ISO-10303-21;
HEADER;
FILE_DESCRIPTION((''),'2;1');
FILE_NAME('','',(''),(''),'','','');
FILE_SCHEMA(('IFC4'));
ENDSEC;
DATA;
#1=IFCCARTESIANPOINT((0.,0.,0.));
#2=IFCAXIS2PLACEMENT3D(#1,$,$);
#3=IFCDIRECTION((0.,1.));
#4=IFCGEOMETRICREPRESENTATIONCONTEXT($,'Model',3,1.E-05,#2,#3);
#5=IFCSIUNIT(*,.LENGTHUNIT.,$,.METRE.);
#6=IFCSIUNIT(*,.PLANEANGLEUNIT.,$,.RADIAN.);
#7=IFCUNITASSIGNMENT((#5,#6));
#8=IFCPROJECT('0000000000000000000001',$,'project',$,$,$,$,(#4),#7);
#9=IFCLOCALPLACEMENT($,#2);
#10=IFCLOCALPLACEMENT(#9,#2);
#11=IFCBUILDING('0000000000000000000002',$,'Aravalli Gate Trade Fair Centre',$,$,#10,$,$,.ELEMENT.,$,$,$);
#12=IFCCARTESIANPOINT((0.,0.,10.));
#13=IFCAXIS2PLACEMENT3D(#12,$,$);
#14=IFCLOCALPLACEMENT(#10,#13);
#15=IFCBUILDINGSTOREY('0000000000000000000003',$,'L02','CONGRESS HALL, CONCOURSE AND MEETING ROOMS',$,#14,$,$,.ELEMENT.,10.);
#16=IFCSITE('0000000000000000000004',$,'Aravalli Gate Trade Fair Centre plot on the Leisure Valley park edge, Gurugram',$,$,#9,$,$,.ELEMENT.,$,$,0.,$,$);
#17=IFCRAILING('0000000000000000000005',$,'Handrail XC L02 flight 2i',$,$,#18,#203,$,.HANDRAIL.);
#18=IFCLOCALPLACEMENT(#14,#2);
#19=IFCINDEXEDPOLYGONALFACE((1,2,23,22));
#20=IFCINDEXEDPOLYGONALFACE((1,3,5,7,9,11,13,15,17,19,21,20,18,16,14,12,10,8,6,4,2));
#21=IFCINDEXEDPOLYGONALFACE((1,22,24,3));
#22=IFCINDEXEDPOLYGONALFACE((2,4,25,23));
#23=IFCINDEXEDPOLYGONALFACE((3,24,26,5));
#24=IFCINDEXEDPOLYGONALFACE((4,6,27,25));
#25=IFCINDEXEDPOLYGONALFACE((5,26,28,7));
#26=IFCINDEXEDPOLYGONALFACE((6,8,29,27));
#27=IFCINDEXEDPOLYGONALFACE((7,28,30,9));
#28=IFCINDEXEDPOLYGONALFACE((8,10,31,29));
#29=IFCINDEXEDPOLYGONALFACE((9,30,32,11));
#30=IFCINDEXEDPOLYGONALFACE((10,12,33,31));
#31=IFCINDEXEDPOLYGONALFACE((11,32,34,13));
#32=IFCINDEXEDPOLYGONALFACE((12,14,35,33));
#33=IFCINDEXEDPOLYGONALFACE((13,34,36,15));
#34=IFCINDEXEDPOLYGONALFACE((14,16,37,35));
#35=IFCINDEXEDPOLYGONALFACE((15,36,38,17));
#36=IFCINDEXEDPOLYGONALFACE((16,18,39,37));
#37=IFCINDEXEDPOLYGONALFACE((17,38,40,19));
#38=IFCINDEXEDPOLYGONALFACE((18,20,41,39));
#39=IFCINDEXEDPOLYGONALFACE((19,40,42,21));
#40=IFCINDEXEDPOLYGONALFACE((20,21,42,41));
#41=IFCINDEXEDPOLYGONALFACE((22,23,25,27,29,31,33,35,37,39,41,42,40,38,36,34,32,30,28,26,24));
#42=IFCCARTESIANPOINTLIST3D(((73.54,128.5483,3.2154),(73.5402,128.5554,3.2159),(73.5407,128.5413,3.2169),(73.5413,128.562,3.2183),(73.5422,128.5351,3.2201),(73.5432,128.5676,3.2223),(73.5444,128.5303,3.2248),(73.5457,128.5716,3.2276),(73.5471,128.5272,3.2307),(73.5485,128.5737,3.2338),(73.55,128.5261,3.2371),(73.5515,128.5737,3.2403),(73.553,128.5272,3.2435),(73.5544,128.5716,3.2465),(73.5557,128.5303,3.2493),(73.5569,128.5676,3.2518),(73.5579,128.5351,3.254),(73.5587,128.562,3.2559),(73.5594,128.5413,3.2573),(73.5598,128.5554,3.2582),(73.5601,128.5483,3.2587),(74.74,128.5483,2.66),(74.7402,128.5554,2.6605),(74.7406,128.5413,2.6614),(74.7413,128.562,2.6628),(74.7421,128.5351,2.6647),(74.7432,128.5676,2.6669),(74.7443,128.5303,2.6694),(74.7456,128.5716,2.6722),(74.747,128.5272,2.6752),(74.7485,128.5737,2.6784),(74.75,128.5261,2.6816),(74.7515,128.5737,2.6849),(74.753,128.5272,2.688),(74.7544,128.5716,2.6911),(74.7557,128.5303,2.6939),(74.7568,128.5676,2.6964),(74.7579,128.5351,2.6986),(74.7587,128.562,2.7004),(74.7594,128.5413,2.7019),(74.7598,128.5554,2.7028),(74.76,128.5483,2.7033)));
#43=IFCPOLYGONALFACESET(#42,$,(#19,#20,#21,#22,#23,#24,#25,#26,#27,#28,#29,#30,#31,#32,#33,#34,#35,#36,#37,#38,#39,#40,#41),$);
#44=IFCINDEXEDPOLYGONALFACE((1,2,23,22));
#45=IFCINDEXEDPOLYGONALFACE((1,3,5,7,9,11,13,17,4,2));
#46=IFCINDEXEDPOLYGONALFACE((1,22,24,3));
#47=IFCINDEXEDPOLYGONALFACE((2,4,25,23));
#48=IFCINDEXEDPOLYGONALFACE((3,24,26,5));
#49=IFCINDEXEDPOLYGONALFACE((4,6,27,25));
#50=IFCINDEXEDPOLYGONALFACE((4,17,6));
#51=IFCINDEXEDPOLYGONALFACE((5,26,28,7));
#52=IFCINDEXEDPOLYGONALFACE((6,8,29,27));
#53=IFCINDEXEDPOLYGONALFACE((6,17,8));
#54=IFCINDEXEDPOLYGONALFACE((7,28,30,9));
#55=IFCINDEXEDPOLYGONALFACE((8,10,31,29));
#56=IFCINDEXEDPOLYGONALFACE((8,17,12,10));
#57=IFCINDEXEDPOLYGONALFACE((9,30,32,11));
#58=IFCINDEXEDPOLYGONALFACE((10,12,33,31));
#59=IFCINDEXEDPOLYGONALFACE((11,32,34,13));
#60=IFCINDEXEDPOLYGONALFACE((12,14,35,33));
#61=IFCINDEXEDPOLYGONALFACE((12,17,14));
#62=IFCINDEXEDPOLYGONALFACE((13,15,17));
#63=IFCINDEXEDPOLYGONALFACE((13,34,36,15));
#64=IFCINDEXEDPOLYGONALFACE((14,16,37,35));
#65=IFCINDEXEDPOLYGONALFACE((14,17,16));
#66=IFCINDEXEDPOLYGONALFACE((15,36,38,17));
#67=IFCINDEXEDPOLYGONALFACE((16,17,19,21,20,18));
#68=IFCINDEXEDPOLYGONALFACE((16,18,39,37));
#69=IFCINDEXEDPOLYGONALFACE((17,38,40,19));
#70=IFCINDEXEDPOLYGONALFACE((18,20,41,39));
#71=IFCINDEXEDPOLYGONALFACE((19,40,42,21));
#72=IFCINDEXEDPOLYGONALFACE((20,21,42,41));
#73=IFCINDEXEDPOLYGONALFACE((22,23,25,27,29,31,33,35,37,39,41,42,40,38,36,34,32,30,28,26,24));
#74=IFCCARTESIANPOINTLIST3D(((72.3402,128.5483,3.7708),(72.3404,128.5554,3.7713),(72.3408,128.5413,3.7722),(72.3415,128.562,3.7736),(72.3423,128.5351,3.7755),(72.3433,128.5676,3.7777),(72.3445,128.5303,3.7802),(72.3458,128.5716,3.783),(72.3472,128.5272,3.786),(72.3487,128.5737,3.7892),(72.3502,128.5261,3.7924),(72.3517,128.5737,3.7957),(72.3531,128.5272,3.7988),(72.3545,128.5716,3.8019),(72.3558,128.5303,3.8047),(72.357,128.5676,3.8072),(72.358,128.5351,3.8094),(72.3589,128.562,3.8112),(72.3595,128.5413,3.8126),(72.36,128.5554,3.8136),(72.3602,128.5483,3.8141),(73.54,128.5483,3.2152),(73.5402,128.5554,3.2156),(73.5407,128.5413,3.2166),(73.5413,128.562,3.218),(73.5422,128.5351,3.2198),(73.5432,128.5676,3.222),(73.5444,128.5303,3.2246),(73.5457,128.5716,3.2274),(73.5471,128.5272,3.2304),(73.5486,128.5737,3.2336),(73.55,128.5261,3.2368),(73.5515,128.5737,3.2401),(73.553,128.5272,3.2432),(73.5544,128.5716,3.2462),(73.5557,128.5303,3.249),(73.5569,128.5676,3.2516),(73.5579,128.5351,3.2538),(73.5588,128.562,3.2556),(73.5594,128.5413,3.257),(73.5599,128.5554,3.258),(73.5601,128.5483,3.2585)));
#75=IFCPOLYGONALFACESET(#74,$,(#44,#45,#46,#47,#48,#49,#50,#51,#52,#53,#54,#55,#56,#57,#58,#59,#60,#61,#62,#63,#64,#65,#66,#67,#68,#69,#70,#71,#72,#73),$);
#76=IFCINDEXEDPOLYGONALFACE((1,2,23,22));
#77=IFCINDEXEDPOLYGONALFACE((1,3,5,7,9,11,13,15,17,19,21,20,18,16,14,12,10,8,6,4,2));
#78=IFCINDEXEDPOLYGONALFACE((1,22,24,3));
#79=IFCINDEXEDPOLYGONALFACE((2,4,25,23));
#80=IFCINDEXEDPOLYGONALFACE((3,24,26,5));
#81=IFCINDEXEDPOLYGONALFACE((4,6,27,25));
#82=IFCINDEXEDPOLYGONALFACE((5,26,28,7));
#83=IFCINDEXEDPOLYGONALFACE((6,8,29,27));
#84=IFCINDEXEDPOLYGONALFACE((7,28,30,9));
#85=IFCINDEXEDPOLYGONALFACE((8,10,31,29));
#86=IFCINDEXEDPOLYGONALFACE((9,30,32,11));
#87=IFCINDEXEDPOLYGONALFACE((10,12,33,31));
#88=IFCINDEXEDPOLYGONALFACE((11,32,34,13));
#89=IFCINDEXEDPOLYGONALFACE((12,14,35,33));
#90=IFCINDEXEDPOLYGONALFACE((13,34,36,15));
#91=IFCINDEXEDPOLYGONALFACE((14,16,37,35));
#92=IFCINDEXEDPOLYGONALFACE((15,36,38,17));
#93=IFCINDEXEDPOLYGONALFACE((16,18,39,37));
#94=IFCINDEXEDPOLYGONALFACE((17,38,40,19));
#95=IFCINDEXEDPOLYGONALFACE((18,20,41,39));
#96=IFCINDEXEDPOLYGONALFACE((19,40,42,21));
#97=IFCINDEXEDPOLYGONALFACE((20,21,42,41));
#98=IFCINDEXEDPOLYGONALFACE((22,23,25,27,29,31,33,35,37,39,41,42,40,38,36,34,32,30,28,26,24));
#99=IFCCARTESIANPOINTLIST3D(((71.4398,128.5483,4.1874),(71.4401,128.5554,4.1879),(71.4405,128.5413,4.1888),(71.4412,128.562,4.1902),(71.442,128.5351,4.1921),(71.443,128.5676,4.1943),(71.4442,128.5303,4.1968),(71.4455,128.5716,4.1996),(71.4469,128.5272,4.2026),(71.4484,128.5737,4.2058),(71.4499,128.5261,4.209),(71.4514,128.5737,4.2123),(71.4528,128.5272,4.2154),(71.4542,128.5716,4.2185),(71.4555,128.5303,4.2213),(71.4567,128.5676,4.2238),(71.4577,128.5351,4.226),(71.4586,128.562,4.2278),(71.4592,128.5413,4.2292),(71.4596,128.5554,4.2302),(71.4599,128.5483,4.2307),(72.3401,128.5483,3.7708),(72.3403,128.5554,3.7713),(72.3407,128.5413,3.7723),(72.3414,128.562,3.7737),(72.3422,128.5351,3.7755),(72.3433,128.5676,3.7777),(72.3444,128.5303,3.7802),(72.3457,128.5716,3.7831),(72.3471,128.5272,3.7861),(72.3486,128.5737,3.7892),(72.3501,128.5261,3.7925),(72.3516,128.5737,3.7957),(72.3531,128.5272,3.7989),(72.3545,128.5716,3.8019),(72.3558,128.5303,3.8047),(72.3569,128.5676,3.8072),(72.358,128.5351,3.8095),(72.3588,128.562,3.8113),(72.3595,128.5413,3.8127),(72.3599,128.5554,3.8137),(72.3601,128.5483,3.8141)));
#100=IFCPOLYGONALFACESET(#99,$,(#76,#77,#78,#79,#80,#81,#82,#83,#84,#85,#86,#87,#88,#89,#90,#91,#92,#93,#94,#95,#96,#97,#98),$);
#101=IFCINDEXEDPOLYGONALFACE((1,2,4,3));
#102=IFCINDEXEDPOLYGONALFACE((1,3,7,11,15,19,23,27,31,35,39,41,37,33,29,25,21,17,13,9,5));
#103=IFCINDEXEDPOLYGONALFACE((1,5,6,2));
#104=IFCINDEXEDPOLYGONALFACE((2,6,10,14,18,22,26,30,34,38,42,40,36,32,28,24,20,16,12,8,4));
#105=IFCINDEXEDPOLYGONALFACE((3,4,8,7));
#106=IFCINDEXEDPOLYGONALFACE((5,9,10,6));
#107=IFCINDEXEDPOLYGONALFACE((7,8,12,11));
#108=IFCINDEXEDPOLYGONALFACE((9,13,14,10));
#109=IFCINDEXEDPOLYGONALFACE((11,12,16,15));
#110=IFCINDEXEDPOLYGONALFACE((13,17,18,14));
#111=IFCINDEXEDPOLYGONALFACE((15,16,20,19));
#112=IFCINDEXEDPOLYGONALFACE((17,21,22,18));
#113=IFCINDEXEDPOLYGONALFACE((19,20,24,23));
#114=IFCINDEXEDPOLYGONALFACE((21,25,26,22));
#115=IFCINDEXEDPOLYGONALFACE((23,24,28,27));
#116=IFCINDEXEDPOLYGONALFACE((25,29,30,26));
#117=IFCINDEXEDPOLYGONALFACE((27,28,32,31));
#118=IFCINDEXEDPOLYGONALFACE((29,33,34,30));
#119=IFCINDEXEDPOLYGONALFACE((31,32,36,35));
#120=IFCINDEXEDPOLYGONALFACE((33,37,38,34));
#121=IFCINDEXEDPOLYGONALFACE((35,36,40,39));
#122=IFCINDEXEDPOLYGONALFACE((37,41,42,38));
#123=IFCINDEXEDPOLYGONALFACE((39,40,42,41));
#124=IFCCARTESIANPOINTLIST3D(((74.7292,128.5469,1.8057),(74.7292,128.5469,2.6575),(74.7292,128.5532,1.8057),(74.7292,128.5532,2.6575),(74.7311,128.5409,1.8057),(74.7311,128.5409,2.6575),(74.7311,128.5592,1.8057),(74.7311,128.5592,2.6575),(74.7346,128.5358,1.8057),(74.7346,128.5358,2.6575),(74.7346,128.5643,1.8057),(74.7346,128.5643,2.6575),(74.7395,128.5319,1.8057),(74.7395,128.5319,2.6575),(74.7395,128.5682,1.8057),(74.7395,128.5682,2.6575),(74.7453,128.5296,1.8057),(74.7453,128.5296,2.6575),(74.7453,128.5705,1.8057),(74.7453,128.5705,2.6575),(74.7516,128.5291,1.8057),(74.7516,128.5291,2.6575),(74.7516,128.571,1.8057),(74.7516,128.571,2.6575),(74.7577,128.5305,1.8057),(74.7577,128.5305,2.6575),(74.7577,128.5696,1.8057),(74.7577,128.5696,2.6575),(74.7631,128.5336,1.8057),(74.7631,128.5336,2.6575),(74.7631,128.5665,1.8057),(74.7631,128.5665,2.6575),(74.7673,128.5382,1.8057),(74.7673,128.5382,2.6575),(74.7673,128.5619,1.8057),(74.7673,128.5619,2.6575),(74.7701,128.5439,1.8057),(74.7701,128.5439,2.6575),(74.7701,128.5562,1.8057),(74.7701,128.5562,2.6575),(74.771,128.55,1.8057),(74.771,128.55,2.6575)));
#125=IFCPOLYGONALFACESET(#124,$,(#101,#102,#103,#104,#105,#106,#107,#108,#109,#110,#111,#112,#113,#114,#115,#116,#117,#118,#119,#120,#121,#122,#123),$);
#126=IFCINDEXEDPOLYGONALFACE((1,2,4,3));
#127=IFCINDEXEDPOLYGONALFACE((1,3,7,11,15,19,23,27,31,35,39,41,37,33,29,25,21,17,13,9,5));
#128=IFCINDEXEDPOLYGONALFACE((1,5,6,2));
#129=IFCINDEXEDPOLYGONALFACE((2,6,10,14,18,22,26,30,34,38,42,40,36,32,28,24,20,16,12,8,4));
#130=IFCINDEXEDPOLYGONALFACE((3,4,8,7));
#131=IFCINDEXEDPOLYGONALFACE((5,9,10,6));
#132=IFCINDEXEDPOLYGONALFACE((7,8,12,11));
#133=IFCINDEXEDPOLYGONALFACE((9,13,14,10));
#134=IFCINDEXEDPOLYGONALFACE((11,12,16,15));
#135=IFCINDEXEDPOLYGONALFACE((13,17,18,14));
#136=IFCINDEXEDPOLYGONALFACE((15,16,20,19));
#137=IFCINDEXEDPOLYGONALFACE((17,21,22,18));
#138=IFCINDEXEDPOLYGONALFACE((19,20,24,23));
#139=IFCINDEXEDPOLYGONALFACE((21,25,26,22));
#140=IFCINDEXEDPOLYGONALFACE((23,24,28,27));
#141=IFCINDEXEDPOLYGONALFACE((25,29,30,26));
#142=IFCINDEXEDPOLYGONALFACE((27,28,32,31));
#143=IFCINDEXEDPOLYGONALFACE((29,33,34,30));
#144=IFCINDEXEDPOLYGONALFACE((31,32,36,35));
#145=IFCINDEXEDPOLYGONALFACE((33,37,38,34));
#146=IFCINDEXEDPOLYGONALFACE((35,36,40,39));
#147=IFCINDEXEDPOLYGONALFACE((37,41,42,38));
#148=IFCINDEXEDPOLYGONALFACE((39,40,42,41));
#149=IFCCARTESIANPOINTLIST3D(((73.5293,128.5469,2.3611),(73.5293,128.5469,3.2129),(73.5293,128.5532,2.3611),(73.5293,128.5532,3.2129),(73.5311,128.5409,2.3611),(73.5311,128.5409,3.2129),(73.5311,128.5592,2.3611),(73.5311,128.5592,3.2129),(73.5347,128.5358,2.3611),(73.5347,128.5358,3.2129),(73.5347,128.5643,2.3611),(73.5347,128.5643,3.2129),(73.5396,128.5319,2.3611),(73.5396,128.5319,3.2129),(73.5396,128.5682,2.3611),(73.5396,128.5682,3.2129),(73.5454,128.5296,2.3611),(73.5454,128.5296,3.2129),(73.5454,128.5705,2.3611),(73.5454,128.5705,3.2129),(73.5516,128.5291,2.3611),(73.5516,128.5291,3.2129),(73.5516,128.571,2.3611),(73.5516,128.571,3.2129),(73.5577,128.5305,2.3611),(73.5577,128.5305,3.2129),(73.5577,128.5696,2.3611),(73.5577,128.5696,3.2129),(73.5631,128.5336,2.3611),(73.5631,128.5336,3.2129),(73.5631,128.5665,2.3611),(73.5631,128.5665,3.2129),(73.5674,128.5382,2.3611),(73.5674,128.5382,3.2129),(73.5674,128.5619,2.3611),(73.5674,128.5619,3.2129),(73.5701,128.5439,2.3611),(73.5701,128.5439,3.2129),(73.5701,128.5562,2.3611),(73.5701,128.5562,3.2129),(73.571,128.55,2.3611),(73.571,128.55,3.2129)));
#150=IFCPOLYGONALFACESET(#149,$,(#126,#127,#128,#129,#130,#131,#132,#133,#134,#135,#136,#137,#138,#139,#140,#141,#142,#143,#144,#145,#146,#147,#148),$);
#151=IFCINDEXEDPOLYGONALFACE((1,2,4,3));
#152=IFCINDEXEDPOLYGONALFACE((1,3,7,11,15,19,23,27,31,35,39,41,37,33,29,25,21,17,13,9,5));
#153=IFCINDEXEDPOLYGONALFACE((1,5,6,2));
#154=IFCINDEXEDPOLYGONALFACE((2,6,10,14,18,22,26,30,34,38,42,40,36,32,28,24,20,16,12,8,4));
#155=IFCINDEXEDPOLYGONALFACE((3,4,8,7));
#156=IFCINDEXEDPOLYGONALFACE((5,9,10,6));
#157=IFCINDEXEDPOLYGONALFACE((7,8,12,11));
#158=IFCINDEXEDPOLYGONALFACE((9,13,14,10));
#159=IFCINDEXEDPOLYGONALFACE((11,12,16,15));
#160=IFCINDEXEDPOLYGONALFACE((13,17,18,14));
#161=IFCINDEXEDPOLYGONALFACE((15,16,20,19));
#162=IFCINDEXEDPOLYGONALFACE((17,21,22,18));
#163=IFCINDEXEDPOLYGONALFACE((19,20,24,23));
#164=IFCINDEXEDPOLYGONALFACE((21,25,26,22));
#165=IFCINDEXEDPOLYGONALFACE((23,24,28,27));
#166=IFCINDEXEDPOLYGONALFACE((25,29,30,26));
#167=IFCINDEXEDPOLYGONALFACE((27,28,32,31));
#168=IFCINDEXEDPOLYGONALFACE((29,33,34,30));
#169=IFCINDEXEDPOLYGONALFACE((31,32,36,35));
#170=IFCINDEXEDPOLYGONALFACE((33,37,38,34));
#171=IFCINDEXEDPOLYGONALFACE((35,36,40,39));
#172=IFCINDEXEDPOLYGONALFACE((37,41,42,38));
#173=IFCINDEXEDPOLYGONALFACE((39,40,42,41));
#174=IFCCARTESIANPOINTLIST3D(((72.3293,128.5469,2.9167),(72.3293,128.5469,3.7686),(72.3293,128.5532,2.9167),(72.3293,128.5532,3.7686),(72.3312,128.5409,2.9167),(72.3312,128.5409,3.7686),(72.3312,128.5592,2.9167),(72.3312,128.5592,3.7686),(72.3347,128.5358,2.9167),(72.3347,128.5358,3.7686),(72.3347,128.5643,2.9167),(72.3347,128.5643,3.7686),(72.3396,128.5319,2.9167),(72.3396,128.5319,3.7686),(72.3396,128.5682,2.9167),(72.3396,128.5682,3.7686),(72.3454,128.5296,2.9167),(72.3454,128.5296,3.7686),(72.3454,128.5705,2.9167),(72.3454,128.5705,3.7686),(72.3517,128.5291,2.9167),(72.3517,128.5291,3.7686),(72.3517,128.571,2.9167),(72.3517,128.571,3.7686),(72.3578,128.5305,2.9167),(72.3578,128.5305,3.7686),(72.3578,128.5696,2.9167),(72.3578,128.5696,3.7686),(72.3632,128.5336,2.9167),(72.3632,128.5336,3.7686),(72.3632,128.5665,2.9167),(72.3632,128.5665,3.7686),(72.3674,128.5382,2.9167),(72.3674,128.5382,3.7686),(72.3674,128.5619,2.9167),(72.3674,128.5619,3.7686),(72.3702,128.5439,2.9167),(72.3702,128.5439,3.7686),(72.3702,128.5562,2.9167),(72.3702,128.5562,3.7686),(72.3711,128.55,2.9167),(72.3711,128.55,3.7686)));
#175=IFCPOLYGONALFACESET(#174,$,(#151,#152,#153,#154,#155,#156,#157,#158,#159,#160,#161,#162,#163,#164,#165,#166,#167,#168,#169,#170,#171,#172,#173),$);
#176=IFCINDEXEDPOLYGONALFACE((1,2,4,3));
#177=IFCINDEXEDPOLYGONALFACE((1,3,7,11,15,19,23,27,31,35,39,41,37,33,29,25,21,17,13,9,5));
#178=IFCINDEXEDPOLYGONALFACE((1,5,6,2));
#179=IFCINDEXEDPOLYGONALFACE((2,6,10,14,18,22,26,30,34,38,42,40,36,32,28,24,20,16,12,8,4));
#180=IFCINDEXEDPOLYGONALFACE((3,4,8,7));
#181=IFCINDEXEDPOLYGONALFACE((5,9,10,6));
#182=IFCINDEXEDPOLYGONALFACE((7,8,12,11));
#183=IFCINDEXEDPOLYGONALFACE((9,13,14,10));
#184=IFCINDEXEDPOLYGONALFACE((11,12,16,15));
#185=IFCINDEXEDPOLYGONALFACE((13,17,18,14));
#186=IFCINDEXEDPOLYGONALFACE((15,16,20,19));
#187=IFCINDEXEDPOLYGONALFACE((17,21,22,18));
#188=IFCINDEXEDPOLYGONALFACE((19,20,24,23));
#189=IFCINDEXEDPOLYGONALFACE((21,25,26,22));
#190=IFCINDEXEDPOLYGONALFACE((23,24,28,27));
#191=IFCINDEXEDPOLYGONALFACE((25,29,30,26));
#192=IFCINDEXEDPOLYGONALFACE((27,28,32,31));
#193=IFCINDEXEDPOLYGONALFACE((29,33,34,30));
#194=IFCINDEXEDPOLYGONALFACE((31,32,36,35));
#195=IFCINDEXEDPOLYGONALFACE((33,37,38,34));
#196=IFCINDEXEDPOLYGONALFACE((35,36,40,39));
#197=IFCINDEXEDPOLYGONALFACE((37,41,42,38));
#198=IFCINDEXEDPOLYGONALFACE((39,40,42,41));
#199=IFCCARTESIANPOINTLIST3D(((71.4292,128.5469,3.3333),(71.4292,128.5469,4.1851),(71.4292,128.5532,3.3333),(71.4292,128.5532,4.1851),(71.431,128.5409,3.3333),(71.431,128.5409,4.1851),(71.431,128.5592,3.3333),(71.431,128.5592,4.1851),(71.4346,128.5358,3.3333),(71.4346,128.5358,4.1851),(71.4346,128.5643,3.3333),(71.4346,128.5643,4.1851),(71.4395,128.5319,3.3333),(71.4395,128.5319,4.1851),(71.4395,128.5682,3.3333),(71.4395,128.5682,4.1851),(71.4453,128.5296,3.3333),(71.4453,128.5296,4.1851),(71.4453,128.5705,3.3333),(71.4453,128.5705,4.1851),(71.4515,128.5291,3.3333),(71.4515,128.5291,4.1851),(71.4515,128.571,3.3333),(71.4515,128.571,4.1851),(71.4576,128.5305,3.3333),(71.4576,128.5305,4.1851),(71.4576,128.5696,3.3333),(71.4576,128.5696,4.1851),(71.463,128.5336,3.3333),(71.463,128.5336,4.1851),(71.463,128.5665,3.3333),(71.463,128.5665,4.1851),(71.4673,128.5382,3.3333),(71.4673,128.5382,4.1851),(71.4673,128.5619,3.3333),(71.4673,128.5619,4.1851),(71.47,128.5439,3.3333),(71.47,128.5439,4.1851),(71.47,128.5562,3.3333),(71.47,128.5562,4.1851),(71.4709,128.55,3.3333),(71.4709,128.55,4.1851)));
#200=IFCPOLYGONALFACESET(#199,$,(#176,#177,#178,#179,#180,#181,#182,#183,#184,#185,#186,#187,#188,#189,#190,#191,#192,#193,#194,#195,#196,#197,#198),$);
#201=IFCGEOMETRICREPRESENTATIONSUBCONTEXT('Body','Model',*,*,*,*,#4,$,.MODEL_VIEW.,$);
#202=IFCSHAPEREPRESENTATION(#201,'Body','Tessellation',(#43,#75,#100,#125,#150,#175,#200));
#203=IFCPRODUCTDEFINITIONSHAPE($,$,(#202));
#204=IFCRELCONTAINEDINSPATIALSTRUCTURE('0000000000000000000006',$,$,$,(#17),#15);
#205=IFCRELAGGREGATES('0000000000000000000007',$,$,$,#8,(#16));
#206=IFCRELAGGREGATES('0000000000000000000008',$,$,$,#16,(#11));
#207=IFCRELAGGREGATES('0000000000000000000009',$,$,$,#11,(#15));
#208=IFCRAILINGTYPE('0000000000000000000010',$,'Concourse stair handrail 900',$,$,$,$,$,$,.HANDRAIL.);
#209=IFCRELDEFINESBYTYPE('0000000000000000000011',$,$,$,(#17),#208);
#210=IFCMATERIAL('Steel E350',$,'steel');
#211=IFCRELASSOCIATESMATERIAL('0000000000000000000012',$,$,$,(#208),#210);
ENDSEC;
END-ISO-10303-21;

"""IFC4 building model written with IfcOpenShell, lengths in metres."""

from ifc_helpers import new_model, si_unit, direction, frame, origin, origin_2d, place, context, subcontext, project, spatial, circle, extrude, material, type_object, element, save


model = new_model("IFC4")

# Units and contexts
model_context = context("Model", 3, precision=1e-05, world=origin(), true_north=direction((0.0, 1.0)))
body_context = subcontext(model_context, "Body", "Model", "MODEL_VIEW")
ifc_project = project(units=[si_unit("LENGTHUNIT", "METRE"), si_unit("PLANEANGLEUNIT", "RADIAN")], contexts=[model_context])

# Site, building, storey
site_placement = place(None, origin())
site = spatial("IfcSite", under=ifc_project, at=site_placement, Name="Aravalli Gate Trade Fair Centre plot on the Leisure Valley park edge, Gurugram", CompositionType="ELEMENT", RefElevation=0.0)
building_placement = place(site_placement, origin())
building = spatial("IfcBuilding", under=site, at=building_placement, Name="Aravalli Gate Trade Fair Centre", CompositionType="ELEMENT")
storey_placement = place(building_placement, frame((0.0, 0.0, 10.0)))
storey = spatial("IfcBuildingStorey", under=building, at=storey_placement, Name="L02", Description="CONGRESS HALL, CONCOURSE AND MEETING ROOMS", CompositionType="ELEMENT", Elevation=10.0)

# Shared definitions
ifc_material_1 = material(Name="Steel E350", Category="steel")

# Railing
railing_type_1 = type_object("IfcRailingType", Name="Concourse stair handrail 900", PredefinedType="HANDRAIL", material=ifc_material_1)
for number, where, name in (
    (1, (74.75, 128.55, 1.8057), "Handrail XC L02 flight 2i"),
):
    element("IfcRailing", number, at=place(storey_placement, frame(where)), inside=storey, type_object=railing_type_1, Name=name, PredefinedType="HANDRAIL", context=body_context, shape_type="SweptSolid", body=[
        extrude(circle(Radius=0.0239, at=origin_2d()), frame((0.0, 0.0, 0.876), z_axis=(-0.907499, 0.0, 0.420053), x_axis=(0.0, -1.0, 0.0)), (0.0, 0.0, 1.0), 1.3223),
        extrude(circle(Radius=0.0239, at=origin_2d()), frame((-1.2, 0.0, 1.4312), z_axis=(-0.907429, 0.0, 0.420205), x_axis=(0.0, -1.0, 0.0)), (0.0, 0.0, 1.0), 1.3223),
        extrude(circle(Radius=0.0239, at=origin_2d()), frame((-2.3999, 0.0, 1.9868), z_axis=(-0.907556, 0.0, 0.419932), x_axis=(0.0, -1.0, 0.0)), (0.0, 0.0, 1.0), 0.9919),
        extrude(circle(Radius=0.021, at=origin_2d()), origin(), (0.0, 0.0, 1.0), 0.8518),
        extrude(circle(Radius=0.021, at=origin_2d()), frame((-1.2, 0.0, 0.5554)), (0.0, 0.0, 1.0), 0.8518),
        extrude(circle(Radius=0.021, at=origin_2d()), frame((-2.3999, 0.0, 1.1111)), (0.0, 0.0, 1.0), 0.8518),
        extrude(circle(Radius=0.021, at=origin_2d()), frame((-3.3, 0.0, 1.5276)), (0.0, 0.0, 1.0), 0.8518),
    ])

save(model, "model.ifc")
